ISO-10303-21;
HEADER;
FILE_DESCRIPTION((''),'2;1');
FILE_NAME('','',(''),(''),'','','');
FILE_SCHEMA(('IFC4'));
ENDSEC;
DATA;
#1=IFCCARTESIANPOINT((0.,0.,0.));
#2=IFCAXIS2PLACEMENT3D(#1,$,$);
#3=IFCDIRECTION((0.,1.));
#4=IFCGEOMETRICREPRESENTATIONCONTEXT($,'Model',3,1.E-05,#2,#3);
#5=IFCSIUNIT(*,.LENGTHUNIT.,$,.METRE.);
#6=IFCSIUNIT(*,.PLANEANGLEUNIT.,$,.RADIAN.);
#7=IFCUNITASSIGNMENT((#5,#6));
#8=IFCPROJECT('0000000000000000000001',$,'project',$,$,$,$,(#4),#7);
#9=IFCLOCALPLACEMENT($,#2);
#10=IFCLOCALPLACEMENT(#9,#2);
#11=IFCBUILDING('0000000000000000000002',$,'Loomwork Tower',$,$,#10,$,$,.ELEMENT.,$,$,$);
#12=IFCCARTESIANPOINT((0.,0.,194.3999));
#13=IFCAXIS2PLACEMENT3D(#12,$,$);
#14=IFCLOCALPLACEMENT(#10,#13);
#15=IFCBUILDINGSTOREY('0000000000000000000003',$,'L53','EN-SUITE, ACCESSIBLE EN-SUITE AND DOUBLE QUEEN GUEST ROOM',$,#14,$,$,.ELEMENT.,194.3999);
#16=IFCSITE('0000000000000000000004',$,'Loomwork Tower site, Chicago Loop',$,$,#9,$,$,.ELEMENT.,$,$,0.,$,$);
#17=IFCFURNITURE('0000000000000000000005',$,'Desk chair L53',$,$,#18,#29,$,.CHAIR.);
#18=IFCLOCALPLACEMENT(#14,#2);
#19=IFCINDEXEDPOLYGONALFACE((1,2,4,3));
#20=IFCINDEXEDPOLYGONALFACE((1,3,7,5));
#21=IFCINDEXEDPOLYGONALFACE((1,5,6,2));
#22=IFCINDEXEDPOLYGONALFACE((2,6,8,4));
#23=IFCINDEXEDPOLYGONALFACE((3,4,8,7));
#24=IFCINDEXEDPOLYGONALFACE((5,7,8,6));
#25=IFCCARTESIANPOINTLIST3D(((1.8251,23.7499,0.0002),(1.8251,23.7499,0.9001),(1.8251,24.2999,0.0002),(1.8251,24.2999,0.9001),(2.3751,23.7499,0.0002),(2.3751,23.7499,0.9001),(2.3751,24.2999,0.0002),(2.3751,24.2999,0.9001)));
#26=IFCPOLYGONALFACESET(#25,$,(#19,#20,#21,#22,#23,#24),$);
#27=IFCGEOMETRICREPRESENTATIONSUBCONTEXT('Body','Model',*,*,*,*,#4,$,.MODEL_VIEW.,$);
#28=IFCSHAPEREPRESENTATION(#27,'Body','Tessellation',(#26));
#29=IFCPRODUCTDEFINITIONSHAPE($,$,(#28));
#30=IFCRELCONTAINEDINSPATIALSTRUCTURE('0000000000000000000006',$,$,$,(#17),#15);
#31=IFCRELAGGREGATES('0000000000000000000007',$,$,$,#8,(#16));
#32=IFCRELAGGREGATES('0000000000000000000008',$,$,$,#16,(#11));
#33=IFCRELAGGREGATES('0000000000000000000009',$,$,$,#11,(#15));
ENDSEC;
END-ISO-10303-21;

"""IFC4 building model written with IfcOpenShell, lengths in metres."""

from ifc_helpers import new_model, si_unit, direction, frame, origin, origin_2d, place, context, subcontext, project, spatial, rectangle, extrude, element, save


model = new_model("IFC4")

# Units and contexts
model_context = context("Model", 3, precision=1e-05, world=origin(), true_north=direction((0.0, 1.0)))
body_context = subcontext(model_context, "Body", "Model", "MODEL_VIEW")
ifc_project = project(units=[si_unit("LENGTHUNIT", "METRE"), si_unit("PLANEANGLEUNIT", "RADIAN")], contexts=[model_context])

# Site, building, storey
site_placement = place(None, origin())
site = spatial("IfcSite", under=ifc_project, at=site_placement, Name="Loomwork Tower site, Chicago Loop", CompositionType="ELEMENT", RefElevation=0.0)
building_placement = place(site_placement, origin())
building = spatial("IfcBuilding", under=site, at=building_placement, Name="Loomwork Tower", CompositionType="ELEMENT")
storey_placement = place(building_placement, frame((0.0, 0.0, 194.3999)))
storey = spatial("IfcBuildingStorey", under=building, at=storey_placement, Name="L53", Description="EN-SUITE, ACCESSIBLE EN-SUITE AND DOUBLE QUEEN GUEST ROOM", CompositionType="ELEMENT", Elevation=194.3999)

# Furniture
furniture_1_placement = place(storey_placement, frame((2.1001, 24.0249, 0.0002), z_axis=(0.0, 0.0, 1.0), x_axis=(1.0, 0.0, 0.0)))
element("IfcFurniture", 1, at=furniture_1_placement, inside=storey, Name="Desk chair L53", PredefinedType="CHAIR", context=body_context, shape_type="SweptSolid", body=[
    extrude(rectangle(XDim=0.55, YDim=0.55, at=origin_2d()), origin(), (0.0, 0.0, 1.0), 0.8999),
])

save(model, "model.ifc")
